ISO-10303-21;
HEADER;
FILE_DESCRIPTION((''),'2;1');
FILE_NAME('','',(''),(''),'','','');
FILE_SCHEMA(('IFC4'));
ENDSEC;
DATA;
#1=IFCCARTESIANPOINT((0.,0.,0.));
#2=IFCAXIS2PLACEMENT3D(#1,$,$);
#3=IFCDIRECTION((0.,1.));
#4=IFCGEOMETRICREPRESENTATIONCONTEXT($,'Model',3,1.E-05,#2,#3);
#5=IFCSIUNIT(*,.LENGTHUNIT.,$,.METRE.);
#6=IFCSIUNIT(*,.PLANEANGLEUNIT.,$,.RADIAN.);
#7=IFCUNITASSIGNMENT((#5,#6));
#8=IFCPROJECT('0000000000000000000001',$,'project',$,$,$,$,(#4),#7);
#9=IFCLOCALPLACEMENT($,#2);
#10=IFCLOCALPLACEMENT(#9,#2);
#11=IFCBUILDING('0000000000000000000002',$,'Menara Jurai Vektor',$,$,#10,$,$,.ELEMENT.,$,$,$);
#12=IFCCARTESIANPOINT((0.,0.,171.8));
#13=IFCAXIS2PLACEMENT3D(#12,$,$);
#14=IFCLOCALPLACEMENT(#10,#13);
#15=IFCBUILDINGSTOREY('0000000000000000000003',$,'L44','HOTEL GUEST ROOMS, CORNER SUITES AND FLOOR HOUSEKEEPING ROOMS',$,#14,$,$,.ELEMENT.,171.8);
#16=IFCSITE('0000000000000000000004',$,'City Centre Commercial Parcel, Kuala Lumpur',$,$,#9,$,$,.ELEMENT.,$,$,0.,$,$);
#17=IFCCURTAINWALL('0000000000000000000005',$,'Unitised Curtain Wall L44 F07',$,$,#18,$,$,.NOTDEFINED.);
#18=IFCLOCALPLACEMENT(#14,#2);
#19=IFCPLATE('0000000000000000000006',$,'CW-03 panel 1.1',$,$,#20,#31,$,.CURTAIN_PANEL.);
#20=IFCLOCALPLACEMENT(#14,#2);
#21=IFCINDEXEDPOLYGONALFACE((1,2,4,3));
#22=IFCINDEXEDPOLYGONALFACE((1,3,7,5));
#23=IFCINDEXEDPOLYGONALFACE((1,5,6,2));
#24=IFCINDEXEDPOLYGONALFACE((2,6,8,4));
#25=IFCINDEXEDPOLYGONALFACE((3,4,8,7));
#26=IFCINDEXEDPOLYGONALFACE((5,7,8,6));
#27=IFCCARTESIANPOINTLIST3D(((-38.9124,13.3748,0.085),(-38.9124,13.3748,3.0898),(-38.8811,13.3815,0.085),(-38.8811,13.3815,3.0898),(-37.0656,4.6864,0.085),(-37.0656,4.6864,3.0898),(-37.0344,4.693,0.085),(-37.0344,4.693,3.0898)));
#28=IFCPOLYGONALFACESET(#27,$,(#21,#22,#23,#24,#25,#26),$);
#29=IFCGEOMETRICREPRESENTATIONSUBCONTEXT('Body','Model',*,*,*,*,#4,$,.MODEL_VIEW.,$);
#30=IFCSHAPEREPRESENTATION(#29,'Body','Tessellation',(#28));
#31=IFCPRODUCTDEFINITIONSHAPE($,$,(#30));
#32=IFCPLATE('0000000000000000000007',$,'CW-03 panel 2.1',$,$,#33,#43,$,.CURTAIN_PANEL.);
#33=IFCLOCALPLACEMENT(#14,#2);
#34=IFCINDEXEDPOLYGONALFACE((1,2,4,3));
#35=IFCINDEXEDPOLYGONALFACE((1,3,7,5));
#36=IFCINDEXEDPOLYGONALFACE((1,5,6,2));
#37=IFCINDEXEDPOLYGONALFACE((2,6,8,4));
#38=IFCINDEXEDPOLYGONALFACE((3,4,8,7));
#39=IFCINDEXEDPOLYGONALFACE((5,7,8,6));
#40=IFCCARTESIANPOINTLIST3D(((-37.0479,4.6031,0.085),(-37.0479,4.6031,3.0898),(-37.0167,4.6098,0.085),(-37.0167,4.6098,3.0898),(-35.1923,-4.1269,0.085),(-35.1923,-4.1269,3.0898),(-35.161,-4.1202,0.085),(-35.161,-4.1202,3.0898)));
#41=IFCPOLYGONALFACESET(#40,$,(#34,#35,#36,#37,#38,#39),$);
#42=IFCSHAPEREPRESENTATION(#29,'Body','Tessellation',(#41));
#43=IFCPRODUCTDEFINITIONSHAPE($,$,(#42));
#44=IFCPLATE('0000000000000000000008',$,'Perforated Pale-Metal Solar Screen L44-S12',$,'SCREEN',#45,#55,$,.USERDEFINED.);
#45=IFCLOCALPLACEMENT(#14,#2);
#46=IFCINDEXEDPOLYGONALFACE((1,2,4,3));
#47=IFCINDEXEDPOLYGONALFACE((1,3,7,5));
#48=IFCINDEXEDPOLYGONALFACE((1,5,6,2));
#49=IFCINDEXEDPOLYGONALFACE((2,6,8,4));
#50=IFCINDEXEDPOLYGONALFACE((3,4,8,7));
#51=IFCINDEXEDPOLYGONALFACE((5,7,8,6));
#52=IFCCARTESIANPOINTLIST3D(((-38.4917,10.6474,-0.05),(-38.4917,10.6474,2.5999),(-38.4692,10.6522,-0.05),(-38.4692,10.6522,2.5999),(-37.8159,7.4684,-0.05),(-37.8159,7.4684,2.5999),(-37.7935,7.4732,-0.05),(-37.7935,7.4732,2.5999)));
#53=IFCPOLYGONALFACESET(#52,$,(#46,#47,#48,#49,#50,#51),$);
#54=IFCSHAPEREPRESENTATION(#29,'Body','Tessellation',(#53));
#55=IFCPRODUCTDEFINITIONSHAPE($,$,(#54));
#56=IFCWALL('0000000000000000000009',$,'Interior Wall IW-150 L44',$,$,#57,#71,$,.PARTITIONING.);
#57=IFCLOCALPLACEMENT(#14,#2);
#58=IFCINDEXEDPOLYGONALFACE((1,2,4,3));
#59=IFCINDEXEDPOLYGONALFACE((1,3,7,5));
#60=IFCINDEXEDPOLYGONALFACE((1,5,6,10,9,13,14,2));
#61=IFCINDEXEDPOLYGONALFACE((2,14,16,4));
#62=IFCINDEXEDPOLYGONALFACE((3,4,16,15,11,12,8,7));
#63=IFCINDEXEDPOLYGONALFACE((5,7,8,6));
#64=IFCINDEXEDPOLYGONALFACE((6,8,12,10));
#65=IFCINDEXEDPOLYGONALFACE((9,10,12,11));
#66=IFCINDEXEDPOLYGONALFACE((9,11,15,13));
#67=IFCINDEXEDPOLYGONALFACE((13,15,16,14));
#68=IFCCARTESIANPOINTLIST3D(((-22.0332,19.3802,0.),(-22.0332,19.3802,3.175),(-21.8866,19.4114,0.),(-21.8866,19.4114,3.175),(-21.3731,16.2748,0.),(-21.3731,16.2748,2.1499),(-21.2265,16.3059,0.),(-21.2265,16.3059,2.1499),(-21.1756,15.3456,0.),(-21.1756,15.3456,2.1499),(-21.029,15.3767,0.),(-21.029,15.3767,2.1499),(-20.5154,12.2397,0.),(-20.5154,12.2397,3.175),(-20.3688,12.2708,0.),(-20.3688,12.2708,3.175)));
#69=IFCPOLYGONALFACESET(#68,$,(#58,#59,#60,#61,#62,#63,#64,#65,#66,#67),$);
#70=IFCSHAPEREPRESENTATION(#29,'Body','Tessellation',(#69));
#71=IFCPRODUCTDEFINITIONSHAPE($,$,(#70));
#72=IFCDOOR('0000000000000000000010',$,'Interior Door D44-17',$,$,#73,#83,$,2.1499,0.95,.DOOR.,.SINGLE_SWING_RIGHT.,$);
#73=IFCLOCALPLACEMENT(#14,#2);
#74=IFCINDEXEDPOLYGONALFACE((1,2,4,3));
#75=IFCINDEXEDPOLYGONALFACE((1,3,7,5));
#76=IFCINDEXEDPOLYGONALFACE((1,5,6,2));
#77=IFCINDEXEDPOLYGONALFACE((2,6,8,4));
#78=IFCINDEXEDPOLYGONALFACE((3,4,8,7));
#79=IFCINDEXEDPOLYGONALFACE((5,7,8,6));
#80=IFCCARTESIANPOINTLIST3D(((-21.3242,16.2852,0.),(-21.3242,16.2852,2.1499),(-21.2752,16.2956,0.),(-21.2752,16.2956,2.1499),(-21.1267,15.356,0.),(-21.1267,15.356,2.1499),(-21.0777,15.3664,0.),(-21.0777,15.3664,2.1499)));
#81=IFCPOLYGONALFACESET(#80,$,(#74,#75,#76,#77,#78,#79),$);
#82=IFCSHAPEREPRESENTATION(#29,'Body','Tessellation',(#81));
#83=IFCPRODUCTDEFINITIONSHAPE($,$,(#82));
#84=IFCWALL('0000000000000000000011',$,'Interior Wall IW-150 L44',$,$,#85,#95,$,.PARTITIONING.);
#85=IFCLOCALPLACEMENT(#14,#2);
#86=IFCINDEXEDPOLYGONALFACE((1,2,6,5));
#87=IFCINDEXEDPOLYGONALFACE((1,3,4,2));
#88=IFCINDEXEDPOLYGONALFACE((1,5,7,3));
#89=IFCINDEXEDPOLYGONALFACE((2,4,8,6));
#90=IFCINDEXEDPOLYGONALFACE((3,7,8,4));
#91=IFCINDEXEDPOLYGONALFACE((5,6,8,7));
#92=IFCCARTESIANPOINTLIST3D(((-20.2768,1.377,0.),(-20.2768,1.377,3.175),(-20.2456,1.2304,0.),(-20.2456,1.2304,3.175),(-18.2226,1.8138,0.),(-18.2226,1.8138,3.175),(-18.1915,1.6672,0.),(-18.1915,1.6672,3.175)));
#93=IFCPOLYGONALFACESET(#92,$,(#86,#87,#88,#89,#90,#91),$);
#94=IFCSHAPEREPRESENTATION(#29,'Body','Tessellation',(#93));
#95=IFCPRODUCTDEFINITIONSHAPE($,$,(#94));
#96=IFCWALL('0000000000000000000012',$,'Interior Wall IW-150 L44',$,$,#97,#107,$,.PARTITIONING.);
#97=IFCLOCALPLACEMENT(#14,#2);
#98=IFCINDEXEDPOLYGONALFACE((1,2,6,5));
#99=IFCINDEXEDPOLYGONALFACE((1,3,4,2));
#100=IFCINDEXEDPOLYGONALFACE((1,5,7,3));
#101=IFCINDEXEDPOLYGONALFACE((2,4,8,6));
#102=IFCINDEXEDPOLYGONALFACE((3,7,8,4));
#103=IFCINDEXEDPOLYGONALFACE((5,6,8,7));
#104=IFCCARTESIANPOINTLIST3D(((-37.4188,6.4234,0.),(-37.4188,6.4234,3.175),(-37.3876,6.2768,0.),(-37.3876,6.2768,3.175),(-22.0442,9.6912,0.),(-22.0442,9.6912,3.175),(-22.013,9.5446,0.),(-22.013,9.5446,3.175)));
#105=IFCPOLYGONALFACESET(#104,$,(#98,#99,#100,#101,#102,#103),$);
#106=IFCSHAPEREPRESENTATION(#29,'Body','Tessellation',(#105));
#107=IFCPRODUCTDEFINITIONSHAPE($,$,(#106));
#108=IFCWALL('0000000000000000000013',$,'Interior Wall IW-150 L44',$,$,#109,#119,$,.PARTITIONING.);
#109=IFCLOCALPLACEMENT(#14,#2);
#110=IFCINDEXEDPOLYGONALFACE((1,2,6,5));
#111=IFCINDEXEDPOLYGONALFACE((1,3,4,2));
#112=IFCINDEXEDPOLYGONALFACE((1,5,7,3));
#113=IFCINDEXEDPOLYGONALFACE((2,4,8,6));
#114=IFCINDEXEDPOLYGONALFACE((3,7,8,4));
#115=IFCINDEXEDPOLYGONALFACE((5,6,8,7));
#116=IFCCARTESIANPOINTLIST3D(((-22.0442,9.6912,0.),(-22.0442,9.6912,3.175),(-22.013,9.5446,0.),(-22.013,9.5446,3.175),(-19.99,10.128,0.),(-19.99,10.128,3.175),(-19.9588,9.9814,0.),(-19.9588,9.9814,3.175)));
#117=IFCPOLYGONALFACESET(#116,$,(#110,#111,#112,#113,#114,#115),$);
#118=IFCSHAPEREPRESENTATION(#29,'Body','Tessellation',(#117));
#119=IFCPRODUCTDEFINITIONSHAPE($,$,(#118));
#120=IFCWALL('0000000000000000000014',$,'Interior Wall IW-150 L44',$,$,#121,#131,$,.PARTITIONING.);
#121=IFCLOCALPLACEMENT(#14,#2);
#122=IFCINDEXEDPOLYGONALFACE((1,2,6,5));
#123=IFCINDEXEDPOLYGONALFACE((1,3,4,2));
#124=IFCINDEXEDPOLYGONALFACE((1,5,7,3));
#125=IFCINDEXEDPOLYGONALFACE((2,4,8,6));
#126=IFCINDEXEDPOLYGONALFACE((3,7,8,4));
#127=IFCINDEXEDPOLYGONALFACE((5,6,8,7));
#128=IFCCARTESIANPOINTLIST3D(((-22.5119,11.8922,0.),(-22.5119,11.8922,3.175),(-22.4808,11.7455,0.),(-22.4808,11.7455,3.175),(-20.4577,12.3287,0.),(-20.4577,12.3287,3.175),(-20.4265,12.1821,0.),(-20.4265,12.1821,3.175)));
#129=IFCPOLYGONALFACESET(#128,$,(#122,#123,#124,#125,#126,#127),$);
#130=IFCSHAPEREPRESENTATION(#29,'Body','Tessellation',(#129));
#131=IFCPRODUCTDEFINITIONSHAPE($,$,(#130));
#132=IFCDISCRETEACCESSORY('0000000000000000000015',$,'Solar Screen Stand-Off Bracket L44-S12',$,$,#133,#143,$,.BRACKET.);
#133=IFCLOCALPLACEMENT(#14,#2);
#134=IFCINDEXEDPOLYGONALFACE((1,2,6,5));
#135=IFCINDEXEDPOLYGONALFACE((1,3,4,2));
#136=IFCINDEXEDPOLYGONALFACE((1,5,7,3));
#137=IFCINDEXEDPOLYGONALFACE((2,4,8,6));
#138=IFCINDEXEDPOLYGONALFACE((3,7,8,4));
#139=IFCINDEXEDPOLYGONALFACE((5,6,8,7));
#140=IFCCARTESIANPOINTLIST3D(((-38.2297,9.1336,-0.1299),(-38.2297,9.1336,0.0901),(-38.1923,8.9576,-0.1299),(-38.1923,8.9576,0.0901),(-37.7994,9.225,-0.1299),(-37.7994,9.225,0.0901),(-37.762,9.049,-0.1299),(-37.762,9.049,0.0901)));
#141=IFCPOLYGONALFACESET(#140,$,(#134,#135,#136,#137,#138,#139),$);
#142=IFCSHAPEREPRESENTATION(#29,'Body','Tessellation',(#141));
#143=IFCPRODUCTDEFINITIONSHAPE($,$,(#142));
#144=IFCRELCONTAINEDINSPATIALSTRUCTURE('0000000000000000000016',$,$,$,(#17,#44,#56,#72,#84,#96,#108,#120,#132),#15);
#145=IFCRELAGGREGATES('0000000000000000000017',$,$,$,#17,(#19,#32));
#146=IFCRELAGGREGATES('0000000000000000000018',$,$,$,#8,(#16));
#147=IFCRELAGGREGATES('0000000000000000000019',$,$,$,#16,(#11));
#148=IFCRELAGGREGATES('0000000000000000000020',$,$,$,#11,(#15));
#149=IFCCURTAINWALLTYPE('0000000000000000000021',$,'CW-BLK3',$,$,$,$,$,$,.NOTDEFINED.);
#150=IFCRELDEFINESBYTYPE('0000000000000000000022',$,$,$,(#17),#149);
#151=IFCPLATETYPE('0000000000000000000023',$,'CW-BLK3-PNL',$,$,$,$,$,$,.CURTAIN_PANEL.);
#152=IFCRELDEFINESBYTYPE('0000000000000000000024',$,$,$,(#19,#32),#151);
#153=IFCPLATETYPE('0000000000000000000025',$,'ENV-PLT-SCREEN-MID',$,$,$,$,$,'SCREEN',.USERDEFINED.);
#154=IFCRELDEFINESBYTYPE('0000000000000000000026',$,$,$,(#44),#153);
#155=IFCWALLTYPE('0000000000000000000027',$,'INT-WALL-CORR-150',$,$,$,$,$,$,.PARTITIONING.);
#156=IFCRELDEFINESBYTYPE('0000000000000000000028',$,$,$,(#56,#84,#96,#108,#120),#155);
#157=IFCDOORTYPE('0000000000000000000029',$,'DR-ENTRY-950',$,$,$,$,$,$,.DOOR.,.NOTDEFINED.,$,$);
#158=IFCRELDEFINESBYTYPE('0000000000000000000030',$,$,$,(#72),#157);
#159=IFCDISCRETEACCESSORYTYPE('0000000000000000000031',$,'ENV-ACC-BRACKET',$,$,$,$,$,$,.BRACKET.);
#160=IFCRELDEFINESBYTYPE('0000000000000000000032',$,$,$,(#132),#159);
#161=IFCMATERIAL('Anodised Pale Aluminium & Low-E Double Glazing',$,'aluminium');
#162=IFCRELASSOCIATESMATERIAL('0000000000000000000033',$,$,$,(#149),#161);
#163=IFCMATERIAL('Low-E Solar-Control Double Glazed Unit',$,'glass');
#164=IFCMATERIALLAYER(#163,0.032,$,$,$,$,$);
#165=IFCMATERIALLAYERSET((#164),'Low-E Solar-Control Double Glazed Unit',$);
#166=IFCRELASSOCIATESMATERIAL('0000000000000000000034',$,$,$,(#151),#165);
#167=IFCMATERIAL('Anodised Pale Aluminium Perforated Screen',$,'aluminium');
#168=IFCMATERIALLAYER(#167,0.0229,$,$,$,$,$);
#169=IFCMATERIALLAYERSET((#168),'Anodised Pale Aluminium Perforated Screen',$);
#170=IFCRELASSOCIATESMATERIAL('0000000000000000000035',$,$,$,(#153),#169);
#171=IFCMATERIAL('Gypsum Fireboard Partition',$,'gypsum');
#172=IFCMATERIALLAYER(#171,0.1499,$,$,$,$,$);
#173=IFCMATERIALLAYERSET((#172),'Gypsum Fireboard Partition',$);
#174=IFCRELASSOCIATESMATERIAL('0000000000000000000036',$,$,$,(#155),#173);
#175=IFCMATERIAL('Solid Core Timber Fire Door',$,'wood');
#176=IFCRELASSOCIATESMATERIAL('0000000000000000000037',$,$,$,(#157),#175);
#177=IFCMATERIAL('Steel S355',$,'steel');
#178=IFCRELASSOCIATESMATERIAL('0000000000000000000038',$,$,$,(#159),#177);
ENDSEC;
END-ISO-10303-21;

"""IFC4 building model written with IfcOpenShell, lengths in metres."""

from ifc_helpers import new_model, si_unit, direction, frame, frame_2d, origin, origin_2d, place, context, subcontext, project, spatial, rectangle, extrude, material, layer, layer_set, type_object, element, fill, aggregate, save


model = new_model("IFC4")

# Units and contexts
model_context = context("Model", 3, precision=1e-05, world=origin(), true_north=direction((0.0, 1.0)))
body_context = subcontext(model_context, "Body", "Model", "MODEL_VIEW")
ifc_project = project(units=[si_unit("LENGTHUNIT", "METRE"), si_unit("PLANEANGLEUNIT", "RADIAN")], contexts=[model_context])

# Site, building, storey
site_placement = place(None, origin())
site = spatial("IfcSite", under=ifc_project, at=site_placement, Name="City Centre Commercial Parcel, Kuala Lumpur", CompositionType="ELEMENT", RefElevation=0.0)
building_placement = place(site_placement, origin())
building = spatial("IfcBuilding", under=site, at=building_placement, Name="Menara Jurai Vektor", CompositionType="ELEMENT")
storey_placement = place(building_placement, frame((0.0, 0.0, 171.8)))
storey = spatial("IfcBuildingStorey", under=building, at=storey_placement, Name="L44", Description="HOTEL GUEST ROOMS, CORNER SUITES AND FLOOR HOUSEKEEPING ROOMS", CompositionType="ELEMENT", Elevation=171.8)

# Curtain wall
ifc_material_1 = material(Name="Anodised Pale Aluminium & Low-E Double Glazing", Category="aluminium")
curtain_wall_type = type_object("IfcCurtainWallType", Name="CW-BLK3", PredefinedType="NOTDEFINED", material=ifc_material_1)
curtain_wall_placement = place(storey_placement, origin())
curtain_wall = element("IfcCurtainWall", 1, at=curtain_wall_placement, inside=storey, type_object=curtain_wall_type, Name="Unitised Curtain Wall L44 F07", PredefinedType="NOTDEFINED")

# Shared definitions
ifc_material_2 = material(Name="Steel S355", Category="steel")

# Plates
ifc_material_3 = material(Name="Low-E Solar-Control Double Glazed Unit", Category="glass")
ifc_layer_1 = layer(ifc_material_3, 0.032)
ifc_layer_set_1 = layer_set([ifc_layer_1], Name="Low-E Solar-Control Double Glazed Unit")
plate_type_1 = type_object("IfcPlateType", Name="CW-BLK3-PNL", PredefinedType="CURTAIN_PANEL", material=ifc_layer_set_1)
plate_1_placement = place(storey_placement, frame((-37.9734, 9.0339, 0.085), z_axis=(0.0, 0.0, 1.0), x_axis=(0.20791, -0.978148, 0.0)))
plate_1 = element("IfcPlate", 2, at=plate_1_placement, type_object=plate_type_1, Name="CW-03 panel 1.1", PredefinedType="CURTAIN_PANEL", context=body_context, shape_type="SweptSolid", body=[
    extrude(rectangle(XDim=8.8826, YDim=0.032, at=origin_2d()), origin(), (0.0, 0.0, 1.0), 3.0049),
])
plate_2_placement = place(storey_placement, frame((-36.1045, 0.2415, 0.085), z_axis=(0.0, 0.0, 1.0), x_axis=(0.20791, -0.978148, 0.0)))
plate_2 = element("IfcPlate", 3, at=plate_2_placement, type_object=plate_type_1, Name="CW-03 panel 2.1", PredefinedType="CURTAIN_PANEL", context=body_context, shape_type="SweptSolid", body=[
    extrude(rectangle(XDim=8.925, YDim=0.032, at=origin_2d()), origin(), (0.0, 0.0, 1.0), 3.0049),
])
aggregate(curtain_wall, [plate_1, plate_2])
ifc_material_4 = material(Name="Anodised Pale Aluminium Perforated Screen", Category="aluminium")
ifc_layer_2 = layer(ifc_material_4, 0.0229)
ifc_layer_set_2 = layer_set([ifc_layer_2], Name="Anodised Pale Aluminium Perforated Screen")
plate_type_2 = type_object("IfcPlateType", Name="ENV-PLT-SCREEN-MID", ElementType="SCREEN", PredefinedType="USERDEFINED", material=ifc_layer_set_2)
plate_3_placement = place(storey_placement, frame((-38.1426, 9.0603, -0.05), z_axis=(0.0, 0.0, 1.0), x_axis=(0.207912, -0.978148, 0.0)))
element("IfcPlate", 4, at=plate_3_placement, inside=storey, type_object=plate_type_2, Name="Perforated Pale-Metal Solar Screen L44-S12", ObjectType="SCREEN", PredefinedType="USERDEFINED", context=body_context, shape_type="SweptSolid", body=[
    extrude(rectangle(XDim=3.25, YDim=0.0229, at=origin_2d()), origin(), (0.0, 0.0, 1.0), 2.6499),
])

# Wall, opening, door
ifc_material_5 = material(Name="Gypsum Fireboard Partition", Category="gypsum")
ifc_layer_3 = layer(ifc_material_5, 0.1499)
ifc_layer_set_3 = layer_set([ifc_layer_3], Name="Gypsum Fireboard Partition")
wall_type = type_object("IfcWallType", Name="INT-WALL-CORR-150", PredefinedType="PARTITIONING", material=ifc_layer_set_3)
wall_1_placement = place(storey_placement, frame((-20.4421, 12.2554, 0.0), z_axis=(0.0, 0.0, 1.0), x_axis=(-0.207916, 0.978147, 0.0)))
wall_1 = element("IfcWall", 5, at=wall_1_placement, inside=storey, type_object=wall_type, Name="Interior Wall IW-150 L44", PredefinedType="PARTITIONING", context=body_context, shape_type="SweptSolid", body=[
    extrude(rectangle(XDim=7.3, YDim=0.1499, at=frame_2d((3.6499, 0.0))), origin(), (0.0, 0.0, 1.0), 3.175),
])
opening_1_placement = place(wall_1_placement, frame((3.175, 0.0, 0.0)))
opening_1 = element("IfcOpeningElement", 6, at=opening_1_placement, cuts=wall_1, PredefinedType="OPENING", context=body_context, shape_type="SweptSolid", body=[
    extrude(rectangle(XDim=0.95, YDim=2.1499, at=frame_2d((0.4751, 1.075))), frame((0.0, 0.085, 0.0), z_axis=(0.0, -1.0, 0.0), x_axis=(1.0, 0.0, 0.0)), (0.0, 0.0, 1.0), 0.1699),
])
ifc_material_6 = material(Name="Solid Core Timber Fire Door", Category="wood")
door_type_1 = type_object("IfcDoorType", Name="DR-ENTRY-950", OperationType="NOTDEFINED", PredefinedType="DOOR", material=ifc_material_6)
door_1_placement = place(opening_1_placement, origin())
door_1 = element("IfcDoor", 7, at=door_1_placement, inside=storey, type_object=door_type_1, Name="Interior Door D44-17", OperationType="SINGLE_SWING_RIGHT", OverallHeight=2.1499, OverallWidth=0.95, PredefinedType="DOOR", context=body_context, shape_type="SweptSolid", body=[
    extrude(rectangle(XDim=0.95, YDim=2.1499, at=frame_2d((0.4751, 1.075))), frame((0.0, 0.0249, 0.0), z_axis=(0.0, -1.0, 0.0), x_axis=(1.0, 0.0, 0.0)), (0.0, 0.0, 1.0), 0.05),
])
fill(opening_1, door_1)

# Walls
wall_2_placement = place(storey_placement, frame((-20.2612, 1.3037, 0.0), z_axis=(0.0, 0.0, 1.0), x_axis=(0.978135, 0.207973, 0.0)))
element("IfcWall", 8, at=wall_2_placement, inside=storey, type_object=wall_type, Name="Interior Wall IW-150 L44", PredefinedType="PARTITIONING", context=body_context, shape_type="SweptSolid", body=[
    extrude(rectangle(XDim=2.1001, YDim=0.1499, at=frame_2d((1.05, 0.0))), origin(), (0.0, 0.0, 1.0), 3.175),
])
wall_3_placement = place(storey_placement, frame((-37.4031, 6.3501, 0.0), z_axis=(0.0, 0.0, 1.0), x_axis=(0.978149, 0.207904, 0.0)))
element("IfcWall", 9, at=wall_3_placement, inside=storey, type_object=wall_type, Name="Interior Wall IW-150 L44", PredefinedType="PARTITIONING", context=body_context, shape_type="SweptSolid", body=[
    extrude(rectangle(XDim=15.718, YDim=0.1499, at=frame_2d((7.8589, 0.0))), origin(), (0.0, 0.0, 1.0), 3.175),
])
wall_4_placement = place(storey_placement, frame((-22.0286, 9.6179, 0.0), z_axis=(0.0, 0.0, 1.0), x_axis=(0.978135, 0.207973, 0.0)))
element("IfcWall", 10, at=wall_4_placement, inside=storey, type_object=wall_type, Name="Interior Wall IW-150 L44", PredefinedType="PARTITIONING", context=body_context, shape_type="SweptSolid", body=[
    extrude(rectangle(XDim=2.1001, YDim=0.1499, at=frame_2d((1.05, 0.0))), origin(), (0.0, 0.0, 1.0), 3.175),
])

# Wall
wall_5_placement = place(storey_placement, frame((-22.4963, 11.8188, 0.0), z_axis=(0.0, 0.0, 1.0), x_axis=(0.978158, 0.207862, 0.0)))
element("IfcWall", 11, at=wall_5_placement, inside=storey, type_object=wall_type, Name="Interior Wall IW-150 L44", PredefinedType="PARTITIONING", context=body_context, shape_type="SweptSolid", body=[
    extrude(rectangle(XDim=2.1001, YDim=0.1499, at=frame_2d((1.05, 0.0))), origin(), (0.0, 0.0, 1.0), 3.175),
])

# Discrete accessory
discrete_accessory_type = type_object("IfcDiscreteAccessoryType", Name="ENV-ACC-BRACKET", PredefinedType="BRACKET", material=ifc_material_2)
discrete_accessory_placement = place(storey_placement, frame((-37.9958, 9.0913, -0.1299), z_axis=(0.0, 0.0, 1.0), x_axis=(0.207912, -0.978148, 0.0)))
element("IfcDiscreteAccessory", 12, at=discrete_accessory_placement, inside=storey, type_object=discrete_accessory_type, Name="Solar Screen Stand-Off Bracket L44-S12", PredefinedType="BRACKET", context=body_context, shape_type="SweptSolid", body=[
    extrude(rectangle(XDim=0.1799, YDim=0.4399, at=origin_2d()), origin(), (0.0, 0.0, 1.0), 0.22),
])

save(model, "model.ifc")
